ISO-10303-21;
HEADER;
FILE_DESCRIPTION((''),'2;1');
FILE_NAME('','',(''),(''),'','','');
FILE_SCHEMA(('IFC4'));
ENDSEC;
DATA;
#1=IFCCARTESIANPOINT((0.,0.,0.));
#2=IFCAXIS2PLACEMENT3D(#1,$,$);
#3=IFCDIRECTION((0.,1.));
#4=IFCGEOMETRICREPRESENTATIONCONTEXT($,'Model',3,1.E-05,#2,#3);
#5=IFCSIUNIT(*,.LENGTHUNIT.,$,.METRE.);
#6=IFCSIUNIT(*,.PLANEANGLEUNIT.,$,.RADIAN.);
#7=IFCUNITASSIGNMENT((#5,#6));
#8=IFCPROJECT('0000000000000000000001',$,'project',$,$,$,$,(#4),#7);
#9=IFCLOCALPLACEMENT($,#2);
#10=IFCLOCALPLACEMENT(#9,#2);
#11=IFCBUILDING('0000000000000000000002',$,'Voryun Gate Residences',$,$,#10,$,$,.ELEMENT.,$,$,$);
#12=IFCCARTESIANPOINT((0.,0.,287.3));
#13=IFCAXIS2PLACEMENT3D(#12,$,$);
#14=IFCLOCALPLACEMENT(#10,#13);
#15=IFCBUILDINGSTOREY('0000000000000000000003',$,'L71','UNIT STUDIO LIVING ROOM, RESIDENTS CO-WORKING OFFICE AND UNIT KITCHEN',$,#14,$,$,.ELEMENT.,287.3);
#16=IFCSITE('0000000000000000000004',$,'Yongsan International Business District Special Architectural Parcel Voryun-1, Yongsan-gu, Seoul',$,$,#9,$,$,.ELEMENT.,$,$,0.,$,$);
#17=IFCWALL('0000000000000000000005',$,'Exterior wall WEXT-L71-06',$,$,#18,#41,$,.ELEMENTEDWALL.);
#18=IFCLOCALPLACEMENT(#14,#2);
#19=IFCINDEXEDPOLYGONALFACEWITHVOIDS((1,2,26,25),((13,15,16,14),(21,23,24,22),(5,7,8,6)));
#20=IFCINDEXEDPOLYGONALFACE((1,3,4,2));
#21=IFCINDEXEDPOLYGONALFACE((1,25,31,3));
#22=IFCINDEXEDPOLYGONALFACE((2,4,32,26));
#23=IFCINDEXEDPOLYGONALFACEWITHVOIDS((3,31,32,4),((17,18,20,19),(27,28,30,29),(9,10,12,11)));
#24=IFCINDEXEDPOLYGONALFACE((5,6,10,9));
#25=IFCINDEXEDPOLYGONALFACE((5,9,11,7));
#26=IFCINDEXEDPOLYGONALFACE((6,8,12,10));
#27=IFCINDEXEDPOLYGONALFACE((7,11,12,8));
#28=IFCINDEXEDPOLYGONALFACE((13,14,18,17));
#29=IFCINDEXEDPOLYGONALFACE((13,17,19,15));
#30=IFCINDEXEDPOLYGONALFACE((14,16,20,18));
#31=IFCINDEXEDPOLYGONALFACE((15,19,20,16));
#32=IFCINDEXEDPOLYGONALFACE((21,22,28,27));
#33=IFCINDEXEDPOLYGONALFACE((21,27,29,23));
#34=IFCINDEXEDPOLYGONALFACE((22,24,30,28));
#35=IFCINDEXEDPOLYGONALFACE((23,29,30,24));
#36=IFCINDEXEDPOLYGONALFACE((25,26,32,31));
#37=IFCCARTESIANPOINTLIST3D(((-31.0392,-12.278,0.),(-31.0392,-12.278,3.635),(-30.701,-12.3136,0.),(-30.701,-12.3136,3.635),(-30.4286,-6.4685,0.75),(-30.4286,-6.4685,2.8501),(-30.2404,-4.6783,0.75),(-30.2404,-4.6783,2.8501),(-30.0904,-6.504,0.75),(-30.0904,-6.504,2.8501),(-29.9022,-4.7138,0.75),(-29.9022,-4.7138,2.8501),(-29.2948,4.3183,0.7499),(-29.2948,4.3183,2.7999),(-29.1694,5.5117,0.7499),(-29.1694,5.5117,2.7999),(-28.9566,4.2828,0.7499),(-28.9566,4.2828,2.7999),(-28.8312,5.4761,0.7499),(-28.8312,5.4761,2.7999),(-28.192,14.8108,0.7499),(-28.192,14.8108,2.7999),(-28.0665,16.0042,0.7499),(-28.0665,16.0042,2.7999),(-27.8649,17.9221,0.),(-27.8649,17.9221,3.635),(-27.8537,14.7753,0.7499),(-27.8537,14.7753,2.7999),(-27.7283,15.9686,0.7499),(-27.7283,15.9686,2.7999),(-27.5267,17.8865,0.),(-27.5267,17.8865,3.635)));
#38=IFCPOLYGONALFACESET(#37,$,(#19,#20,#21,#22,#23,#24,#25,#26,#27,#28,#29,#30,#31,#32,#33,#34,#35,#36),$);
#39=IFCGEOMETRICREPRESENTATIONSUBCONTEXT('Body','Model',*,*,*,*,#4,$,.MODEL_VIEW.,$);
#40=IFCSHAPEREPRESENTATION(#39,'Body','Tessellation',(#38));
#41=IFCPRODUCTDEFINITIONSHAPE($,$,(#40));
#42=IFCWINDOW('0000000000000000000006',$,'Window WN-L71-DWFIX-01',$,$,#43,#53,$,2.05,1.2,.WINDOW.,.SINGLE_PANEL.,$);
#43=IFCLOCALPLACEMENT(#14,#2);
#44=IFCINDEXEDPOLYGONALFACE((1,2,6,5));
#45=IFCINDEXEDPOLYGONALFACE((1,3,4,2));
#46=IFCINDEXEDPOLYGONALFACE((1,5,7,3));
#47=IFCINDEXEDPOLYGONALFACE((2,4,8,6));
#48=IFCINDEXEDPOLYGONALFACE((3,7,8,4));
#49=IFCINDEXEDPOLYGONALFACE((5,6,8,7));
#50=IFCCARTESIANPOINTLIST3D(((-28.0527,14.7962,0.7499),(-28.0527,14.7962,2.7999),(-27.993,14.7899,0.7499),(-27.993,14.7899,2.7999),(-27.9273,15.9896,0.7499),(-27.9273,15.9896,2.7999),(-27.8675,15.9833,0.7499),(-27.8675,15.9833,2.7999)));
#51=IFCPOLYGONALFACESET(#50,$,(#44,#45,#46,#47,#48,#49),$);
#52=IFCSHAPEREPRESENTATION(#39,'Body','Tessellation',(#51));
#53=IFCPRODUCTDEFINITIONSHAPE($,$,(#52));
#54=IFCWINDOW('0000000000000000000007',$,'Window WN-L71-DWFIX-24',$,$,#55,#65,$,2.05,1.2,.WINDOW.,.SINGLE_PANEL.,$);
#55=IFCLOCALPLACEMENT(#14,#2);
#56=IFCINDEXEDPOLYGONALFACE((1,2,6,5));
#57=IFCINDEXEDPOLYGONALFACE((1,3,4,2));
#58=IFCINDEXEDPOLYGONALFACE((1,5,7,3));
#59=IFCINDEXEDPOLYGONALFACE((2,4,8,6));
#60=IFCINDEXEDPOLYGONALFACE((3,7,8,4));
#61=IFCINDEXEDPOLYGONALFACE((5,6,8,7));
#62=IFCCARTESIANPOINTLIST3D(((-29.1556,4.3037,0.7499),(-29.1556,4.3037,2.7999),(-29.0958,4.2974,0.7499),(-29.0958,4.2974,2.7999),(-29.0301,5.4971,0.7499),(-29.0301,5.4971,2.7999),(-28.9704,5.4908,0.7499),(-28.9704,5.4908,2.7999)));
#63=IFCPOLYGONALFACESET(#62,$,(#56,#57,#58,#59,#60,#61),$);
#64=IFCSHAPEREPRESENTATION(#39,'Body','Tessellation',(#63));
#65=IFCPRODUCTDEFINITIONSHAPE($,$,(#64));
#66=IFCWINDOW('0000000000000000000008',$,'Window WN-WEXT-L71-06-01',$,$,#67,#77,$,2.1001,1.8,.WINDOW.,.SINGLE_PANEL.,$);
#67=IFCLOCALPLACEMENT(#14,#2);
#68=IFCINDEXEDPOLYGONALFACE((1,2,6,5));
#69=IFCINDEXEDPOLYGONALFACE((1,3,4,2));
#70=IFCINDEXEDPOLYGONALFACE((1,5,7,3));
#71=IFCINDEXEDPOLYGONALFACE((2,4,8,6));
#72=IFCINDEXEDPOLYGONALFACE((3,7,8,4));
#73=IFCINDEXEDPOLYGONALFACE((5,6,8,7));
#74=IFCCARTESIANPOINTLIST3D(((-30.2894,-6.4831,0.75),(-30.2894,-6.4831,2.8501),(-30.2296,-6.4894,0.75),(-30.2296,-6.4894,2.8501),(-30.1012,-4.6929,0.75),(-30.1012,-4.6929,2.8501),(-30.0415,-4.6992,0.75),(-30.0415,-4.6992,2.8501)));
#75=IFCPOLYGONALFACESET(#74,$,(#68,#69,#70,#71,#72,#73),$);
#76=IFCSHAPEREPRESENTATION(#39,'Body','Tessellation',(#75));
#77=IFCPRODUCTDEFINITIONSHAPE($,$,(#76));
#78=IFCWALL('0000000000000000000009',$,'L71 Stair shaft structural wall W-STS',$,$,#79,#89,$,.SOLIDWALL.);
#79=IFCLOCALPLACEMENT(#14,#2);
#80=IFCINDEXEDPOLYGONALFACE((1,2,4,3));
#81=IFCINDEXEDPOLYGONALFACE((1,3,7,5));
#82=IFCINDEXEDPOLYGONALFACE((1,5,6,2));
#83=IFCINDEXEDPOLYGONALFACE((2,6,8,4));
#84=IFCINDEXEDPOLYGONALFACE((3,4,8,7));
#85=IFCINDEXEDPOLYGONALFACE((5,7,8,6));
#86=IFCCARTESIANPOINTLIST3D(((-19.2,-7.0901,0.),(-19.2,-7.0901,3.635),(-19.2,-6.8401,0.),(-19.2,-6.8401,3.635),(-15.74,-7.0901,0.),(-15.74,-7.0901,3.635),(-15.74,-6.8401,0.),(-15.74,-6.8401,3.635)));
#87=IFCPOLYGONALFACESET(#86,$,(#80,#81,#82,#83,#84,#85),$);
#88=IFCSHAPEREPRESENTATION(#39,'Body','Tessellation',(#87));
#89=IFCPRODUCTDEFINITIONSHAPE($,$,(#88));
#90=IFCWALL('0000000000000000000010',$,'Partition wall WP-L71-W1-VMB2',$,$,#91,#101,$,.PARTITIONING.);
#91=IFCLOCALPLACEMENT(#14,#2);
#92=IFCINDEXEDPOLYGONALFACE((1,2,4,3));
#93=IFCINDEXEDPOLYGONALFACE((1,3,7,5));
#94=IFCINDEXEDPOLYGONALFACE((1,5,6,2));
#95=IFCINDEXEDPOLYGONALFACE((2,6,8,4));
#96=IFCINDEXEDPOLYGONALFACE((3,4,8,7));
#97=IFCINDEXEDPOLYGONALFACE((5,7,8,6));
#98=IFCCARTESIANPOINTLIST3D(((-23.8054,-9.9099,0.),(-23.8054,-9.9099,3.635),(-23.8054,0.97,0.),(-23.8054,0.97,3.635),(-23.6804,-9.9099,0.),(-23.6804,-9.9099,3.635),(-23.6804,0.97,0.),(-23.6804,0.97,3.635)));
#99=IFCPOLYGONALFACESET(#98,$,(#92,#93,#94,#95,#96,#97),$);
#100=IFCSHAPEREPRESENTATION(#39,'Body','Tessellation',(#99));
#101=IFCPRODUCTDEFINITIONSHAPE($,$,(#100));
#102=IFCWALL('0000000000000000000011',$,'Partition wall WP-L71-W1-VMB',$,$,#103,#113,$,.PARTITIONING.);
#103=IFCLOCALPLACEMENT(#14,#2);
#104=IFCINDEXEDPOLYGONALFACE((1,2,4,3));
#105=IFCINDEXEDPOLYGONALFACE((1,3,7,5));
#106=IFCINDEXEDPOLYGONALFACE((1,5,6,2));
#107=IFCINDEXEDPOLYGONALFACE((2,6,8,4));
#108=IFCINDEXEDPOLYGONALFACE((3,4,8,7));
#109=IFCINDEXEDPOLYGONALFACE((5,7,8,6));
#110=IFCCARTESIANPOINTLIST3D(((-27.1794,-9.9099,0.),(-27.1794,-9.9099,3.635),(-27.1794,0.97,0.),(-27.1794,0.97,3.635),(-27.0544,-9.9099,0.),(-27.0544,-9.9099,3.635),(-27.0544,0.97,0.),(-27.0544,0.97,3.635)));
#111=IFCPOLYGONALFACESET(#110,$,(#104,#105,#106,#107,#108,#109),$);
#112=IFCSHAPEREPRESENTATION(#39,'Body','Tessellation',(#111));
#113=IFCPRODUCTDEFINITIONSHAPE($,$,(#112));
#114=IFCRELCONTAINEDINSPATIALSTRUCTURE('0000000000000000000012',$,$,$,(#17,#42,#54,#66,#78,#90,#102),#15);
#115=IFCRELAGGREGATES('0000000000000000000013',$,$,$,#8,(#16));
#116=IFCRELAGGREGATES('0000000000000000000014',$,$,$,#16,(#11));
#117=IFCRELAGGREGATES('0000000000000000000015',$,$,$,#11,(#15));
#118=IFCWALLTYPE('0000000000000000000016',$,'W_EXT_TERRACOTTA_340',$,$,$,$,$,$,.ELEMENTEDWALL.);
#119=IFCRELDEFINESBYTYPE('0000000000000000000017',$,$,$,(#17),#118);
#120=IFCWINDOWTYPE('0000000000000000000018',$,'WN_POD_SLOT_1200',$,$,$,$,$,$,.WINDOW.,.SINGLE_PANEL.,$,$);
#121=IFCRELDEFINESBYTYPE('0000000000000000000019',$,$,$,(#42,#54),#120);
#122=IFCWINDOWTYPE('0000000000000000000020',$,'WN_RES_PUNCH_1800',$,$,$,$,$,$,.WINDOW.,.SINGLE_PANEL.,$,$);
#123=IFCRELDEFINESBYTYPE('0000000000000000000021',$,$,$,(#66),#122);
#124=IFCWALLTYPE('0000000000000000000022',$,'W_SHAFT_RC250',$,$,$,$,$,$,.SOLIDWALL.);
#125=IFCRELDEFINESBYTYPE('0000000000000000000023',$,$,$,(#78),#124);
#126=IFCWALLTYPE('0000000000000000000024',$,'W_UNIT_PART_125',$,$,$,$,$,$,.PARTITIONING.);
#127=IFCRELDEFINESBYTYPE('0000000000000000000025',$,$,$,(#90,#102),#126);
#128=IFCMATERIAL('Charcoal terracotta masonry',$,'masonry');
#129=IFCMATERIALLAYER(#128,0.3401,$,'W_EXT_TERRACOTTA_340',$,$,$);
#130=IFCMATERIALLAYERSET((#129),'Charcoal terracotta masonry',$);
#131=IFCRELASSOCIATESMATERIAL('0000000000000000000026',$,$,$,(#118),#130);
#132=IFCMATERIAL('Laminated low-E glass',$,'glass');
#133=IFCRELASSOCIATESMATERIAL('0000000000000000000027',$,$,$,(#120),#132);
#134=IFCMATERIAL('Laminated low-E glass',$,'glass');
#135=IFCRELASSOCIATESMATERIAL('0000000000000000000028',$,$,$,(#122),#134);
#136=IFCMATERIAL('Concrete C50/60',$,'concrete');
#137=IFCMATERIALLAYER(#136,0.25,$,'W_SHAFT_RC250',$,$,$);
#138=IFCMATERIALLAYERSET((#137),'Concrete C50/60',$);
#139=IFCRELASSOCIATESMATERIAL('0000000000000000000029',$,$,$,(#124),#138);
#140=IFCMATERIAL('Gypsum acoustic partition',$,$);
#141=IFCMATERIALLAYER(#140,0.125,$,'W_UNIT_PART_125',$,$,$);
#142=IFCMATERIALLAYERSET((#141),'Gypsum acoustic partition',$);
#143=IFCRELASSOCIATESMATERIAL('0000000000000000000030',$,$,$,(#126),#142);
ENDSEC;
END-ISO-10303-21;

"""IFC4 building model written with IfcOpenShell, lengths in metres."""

from ifc_helpers import new_model, si_unit, direction, frame, frame_2d, origin, place, context, subcontext, project, spatial, rectangle, extrude, material, layer, layer_set, type_object, element, fill, save


model = new_model("IFC4")

# Units and contexts
model_context = context("Model", 3, precision=1e-05, world=origin(), true_north=direction((0.0, 1.0)))
body_context = subcontext(model_context, "Body", "Model", "MODEL_VIEW")
ifc_project = project(units=[si_unit("LENGTHUNIT", "METRE"), si_unit("PLANEANGLEUNIT", "RADIAN")], contexts=[model_context])

# Site, building, storey
site_placement = place(None, origin())
site = spatial("IfcSite", under=ifc_project, at=site_placement, Name="Yongsan International Business District Special Architectural Parcel Voryun-1, Yongsan-gu, Seoul", CompositionType="ELEMENT", RefElevation=0.0)
building_placement = place(site_placement, origin())
building = spatial("IfcBuilding", under=site, at=building_placement, Name="Voryun Gate Residences", CompositionType="ELEMENT")
storey_placement = place(building_placement, frame((0.0, 0.0, 287.3)))
storey = spatial("IfcBuildingStorey", under=building, at=storey_placement, Name="L71", Description="UNIT STUDIO LIVING ROOM, RESIDENTS CO-WORKING OFFICE AND UNIT KITCHEN", CompositionType="ELEMENT", Elevation=287.3)

# Wall, openings, windows
ifc_material_1 = material(Name="Charcoal terracotta masonry", Category="masonry")
ifc_layer_1 = layer(ifc_material_1, 0.3401, Name="W_EXT_TERRACOTTA_340")
ifc_layer_set_1 = layer_set([ifc_layer_1], Name="Charcoal terracotta masonry")
wall_type_1 = type_object("IfcWallType", Name="W_EXT_TERRACOTTA_340", PredefinedType="ELEMENTEDWALL", material=ifc_layer_set_1)
wall_1_placement = place(storey_placement, frame((-30.8701, -12.2957, 0.0), z_axis=(0.0, 0.0, 1.0), x_axis=(0.104533, 0.994521, 0.0)))
wall_1 = element("IfcWall", 1, at=wall_1_placement, inside=storey, type_object=wall_type_1, Name="Exterior wall WEXT-L71-06", PredefinedType="ELEMENTEDWALL", context=body_context, shape_type="SweptSolid", body=[
    extrude(rectangle(XDim=30.3665, YDim=0.3401, at=frame_2d((15.1831, 0.0))), origin(), (0.0, 0.0, 1.0), 3.635),
])
opening_1_placement = place(wall_1_placement, frame((5.8416, 0.0, 0.75)))
opening_1 = element("IfcOpeningElement", 2, at=opening_1_placement, cuts=wall_1, PredefinedType="OPENING", context=body_context, shape_type="SweptSolid", body=[
    extrude(rectangle(XDim=1.8, YDim=2.1001, at=frame_2d((0.8999, 1.05))), frame((0.0, 0.1799, 0.0), z_axis=(0.0, -1.0, 0.0), x_axis=(1.0, 0.0, 0.0)), (0.0, 0.0, 1.0), 0.3601),
])
opening_2_placement = place(wall_1_placement, frame((27.2378, 0.0, 0.75)))
opening_2 = element("IfcOpeningElement", 3, at=opening_2_placement, cuts=wall_1, PredefinedType="OPENING", context=body_context, shape_type="SweptSolid", body=[
    extrude(rectangle(XDim=1.2, YDim=2.05, at=frame_2d((0.6001, 1.0249))), frame((0.0, 0.1799, 0.0), z_axis=(0.0, -1.0, 0.0), x_axis=(1.0, 0.0, 0.0)), (0.0, 0.0, 1.0), 0.3601),
])
opening_3_placement = place(wall_1_placement, frame((16.6875, 0.0, 0.75)))
opening_3 = element("IfcOpeningElement", 4, at=opening_3_placement, cuts=wall_1, PredefinedType="OPENING", context=body_context, shape_type="SweptSolid", body=[
    extrude(rectangle(XDim=1.2, YDim=2.05, at=frame_2d((0.6001, 1.0249))), frame((0.0, 0.1799, 0.0), z_axis=(0.0, -1.0, 0.0), x_axis=(1.0, 0.0, 0.0)), (0.0, 0.0, 1.0), 0.3601),
])
ifc_material_2 = material(Name="Laminated low-E glass", Category="glass")
window_type_1 = type_object("IfcWindowType", Name="WN_POD_SLOT_1200", PartitioningType="SINGLE_PANEL", PredefinedType="WINDOW", material=ifc_material_2)
window_1_placement = place(opening_2_placement, origin())
window_1 = element("IfcWindow", 5, at=window_1_placement, inside=storey, type_object=window_type_1, Name="Window WN-L71-DWFIX-01", OverallHeight=2.05, OverallWidth=1.2, PartitioningType="SINGLE_PANEL", PredefinedType="WINDOW", context=body_context, shape_type="SweptSolid", body=[
    extrude(rectangle(XDim=1.2, YDim=2.05, at=frame_2d((0.6001, 1.0249))), frame((0.0, 0.03, 0.0), z_axis=(0.0, -1.0, 0.0), x_axis=(1.0, 0.0, 0.0)), (0.0, 0.0, 1.0), 0.0601),
])
fill(opening_2, window_1)
window_2_placement = place(opening_3_placement, origin())
window_2 = element("IfcWindow", 6, at=window_2_placement, inside=storey, type_object=window_type_1, Name="Window WN-L71-DWFIX-24", OverallHeight=2.05, OverallWidth=1.2, PartitioningType="SINGLE_PANEL", PredefinedType="WINDOW", context=body_context, shape_type="SweptSolid", body=[
    extrude(rectangle(XDim=1.2, YDim=2.05, at=frame_2d((0.6001, 1.0249))), frame((0.0, 0.03, 0.0), z_axis=(0.0, -1.0, 0.0), x_axis=(1.0, 0.0, 0.0)), (0.0, 0.0, 1.0), 0.0601),
])
fill(opening_3, window_2)
ifc_material_3 = material(Name="Laminated low-E glass", Category="glass")
window_type_2 = type_object("IfcWindowType", Name="WN_RES_PUNCH_1800", PartitioningType="SINGLE_PANEL", PredefinedType="WINDOW", material=ifc_material_3)
window_3_placement = place(opening_1_placement, origin())
window_3 = element("IfcWindow", 7, at=window_3_placement, inside=storey, type_object=window_type_2, Name="Window WN-WEXT-L71-06-01", OverallHeight=2.1001, OverallWidth=1.8, PartitioningType="SINGLE_PANEL", PredefinedType="WINDOW", context=body_context, shape_type="SweptSolid", body=[
    extrude(rectangle(XDim=1.8, YDim=2.1001, at=frame_2d((0.8999, 1.05))), frame((0.0, 0.03, 0.0), z_axis=(0.0, -1.0, 0.0), x_axis=(1.0, 0.0, 0.0)), (0.0, 0.0, 1.0), 0.0601),
])
fill(opening_1, window_3)

# Walls
ifc_material_4 = material(Name="Concrete C50/60", Category="concrete")
ifc_layer_2 = layer(ifc_material_4, 0.25, Name="W_SHAFT_RC250")
ifc_layer_set_2 = layer_set([ifc_layer_2], Name="Concrete C50/60")
wall_type_2 = type_object("IfcWallType", Name="W_SHAFT_RC250", PredefinedType="SOLIDWALL", material=ifc_layer_set_2)
wall_2_placement = place(storey_placement, frame((-19.2, -6.9651, 0.0), z_axis=(0.0, 0.0, 1.0), x_axis=(1.0, 0.0, 0.0)))
element("IfcWall", 8, at=wall_2_placement, inside=storey, type_object=wall_type_2, Name="L71 Stair shaft structural wall W-STS", PredefinedType="SOLIDWALL", context=body_context, shape_type="SweptSolid", body=[
    extrude(rectangle(XDim=3.46, YDim=0.25, at=frame_2d((1.73, 0.0))), origin(), (0.0, 0.0, 1.0), 3.635),
])
ifc_material_5 = material(Name="Gypsum acoustic partition")
ifc_layer_3 = layer(ifc_material_5, 0.125, Name="W_UNIT_PART_125")
ifc_layer_set_3 = layer_set([ifc_layer_3], Name="Gypsum acoustic partition")
wall_type_3 = type_object("IfcWallType", Name="W_UNIT_PART_125", PredefinedType="PARTITIONING", material=ifc_layer_set_3)
for number, where, z_axis, x_axis, name in (
    (9, (-23.7429, -9.9099, 0.0), (0.0, 0.0, 1.0), (0.0, 1.0, 0.0), "Partition wall WP-L71-W1-VMB2"),
    (10, (-27.1169, -9.9099, 0.0), (0.0, 0.0, 1.0), (0.0, 1.0, 0.0), "Partition wall WP-L71-W1-VMB"),
):
    element("IfcWall", number, at=place(storey_placement, frame(where, z_axis=z_axis, x_axis=x_axis)), inside=storey, type_object=wall_type_3, Name=name, PredefinedType="PARTITIONING", context=body_context, shape_type="SweptSolid", body=[
        extrude(rectangle(XDim=10.8799, YDim=0.125, at=frame_2d((5.4399, 0.0))), origin(), (0.0, 0.0, 1.0), 3.635),
    ])

save(model, "model.ifc")
